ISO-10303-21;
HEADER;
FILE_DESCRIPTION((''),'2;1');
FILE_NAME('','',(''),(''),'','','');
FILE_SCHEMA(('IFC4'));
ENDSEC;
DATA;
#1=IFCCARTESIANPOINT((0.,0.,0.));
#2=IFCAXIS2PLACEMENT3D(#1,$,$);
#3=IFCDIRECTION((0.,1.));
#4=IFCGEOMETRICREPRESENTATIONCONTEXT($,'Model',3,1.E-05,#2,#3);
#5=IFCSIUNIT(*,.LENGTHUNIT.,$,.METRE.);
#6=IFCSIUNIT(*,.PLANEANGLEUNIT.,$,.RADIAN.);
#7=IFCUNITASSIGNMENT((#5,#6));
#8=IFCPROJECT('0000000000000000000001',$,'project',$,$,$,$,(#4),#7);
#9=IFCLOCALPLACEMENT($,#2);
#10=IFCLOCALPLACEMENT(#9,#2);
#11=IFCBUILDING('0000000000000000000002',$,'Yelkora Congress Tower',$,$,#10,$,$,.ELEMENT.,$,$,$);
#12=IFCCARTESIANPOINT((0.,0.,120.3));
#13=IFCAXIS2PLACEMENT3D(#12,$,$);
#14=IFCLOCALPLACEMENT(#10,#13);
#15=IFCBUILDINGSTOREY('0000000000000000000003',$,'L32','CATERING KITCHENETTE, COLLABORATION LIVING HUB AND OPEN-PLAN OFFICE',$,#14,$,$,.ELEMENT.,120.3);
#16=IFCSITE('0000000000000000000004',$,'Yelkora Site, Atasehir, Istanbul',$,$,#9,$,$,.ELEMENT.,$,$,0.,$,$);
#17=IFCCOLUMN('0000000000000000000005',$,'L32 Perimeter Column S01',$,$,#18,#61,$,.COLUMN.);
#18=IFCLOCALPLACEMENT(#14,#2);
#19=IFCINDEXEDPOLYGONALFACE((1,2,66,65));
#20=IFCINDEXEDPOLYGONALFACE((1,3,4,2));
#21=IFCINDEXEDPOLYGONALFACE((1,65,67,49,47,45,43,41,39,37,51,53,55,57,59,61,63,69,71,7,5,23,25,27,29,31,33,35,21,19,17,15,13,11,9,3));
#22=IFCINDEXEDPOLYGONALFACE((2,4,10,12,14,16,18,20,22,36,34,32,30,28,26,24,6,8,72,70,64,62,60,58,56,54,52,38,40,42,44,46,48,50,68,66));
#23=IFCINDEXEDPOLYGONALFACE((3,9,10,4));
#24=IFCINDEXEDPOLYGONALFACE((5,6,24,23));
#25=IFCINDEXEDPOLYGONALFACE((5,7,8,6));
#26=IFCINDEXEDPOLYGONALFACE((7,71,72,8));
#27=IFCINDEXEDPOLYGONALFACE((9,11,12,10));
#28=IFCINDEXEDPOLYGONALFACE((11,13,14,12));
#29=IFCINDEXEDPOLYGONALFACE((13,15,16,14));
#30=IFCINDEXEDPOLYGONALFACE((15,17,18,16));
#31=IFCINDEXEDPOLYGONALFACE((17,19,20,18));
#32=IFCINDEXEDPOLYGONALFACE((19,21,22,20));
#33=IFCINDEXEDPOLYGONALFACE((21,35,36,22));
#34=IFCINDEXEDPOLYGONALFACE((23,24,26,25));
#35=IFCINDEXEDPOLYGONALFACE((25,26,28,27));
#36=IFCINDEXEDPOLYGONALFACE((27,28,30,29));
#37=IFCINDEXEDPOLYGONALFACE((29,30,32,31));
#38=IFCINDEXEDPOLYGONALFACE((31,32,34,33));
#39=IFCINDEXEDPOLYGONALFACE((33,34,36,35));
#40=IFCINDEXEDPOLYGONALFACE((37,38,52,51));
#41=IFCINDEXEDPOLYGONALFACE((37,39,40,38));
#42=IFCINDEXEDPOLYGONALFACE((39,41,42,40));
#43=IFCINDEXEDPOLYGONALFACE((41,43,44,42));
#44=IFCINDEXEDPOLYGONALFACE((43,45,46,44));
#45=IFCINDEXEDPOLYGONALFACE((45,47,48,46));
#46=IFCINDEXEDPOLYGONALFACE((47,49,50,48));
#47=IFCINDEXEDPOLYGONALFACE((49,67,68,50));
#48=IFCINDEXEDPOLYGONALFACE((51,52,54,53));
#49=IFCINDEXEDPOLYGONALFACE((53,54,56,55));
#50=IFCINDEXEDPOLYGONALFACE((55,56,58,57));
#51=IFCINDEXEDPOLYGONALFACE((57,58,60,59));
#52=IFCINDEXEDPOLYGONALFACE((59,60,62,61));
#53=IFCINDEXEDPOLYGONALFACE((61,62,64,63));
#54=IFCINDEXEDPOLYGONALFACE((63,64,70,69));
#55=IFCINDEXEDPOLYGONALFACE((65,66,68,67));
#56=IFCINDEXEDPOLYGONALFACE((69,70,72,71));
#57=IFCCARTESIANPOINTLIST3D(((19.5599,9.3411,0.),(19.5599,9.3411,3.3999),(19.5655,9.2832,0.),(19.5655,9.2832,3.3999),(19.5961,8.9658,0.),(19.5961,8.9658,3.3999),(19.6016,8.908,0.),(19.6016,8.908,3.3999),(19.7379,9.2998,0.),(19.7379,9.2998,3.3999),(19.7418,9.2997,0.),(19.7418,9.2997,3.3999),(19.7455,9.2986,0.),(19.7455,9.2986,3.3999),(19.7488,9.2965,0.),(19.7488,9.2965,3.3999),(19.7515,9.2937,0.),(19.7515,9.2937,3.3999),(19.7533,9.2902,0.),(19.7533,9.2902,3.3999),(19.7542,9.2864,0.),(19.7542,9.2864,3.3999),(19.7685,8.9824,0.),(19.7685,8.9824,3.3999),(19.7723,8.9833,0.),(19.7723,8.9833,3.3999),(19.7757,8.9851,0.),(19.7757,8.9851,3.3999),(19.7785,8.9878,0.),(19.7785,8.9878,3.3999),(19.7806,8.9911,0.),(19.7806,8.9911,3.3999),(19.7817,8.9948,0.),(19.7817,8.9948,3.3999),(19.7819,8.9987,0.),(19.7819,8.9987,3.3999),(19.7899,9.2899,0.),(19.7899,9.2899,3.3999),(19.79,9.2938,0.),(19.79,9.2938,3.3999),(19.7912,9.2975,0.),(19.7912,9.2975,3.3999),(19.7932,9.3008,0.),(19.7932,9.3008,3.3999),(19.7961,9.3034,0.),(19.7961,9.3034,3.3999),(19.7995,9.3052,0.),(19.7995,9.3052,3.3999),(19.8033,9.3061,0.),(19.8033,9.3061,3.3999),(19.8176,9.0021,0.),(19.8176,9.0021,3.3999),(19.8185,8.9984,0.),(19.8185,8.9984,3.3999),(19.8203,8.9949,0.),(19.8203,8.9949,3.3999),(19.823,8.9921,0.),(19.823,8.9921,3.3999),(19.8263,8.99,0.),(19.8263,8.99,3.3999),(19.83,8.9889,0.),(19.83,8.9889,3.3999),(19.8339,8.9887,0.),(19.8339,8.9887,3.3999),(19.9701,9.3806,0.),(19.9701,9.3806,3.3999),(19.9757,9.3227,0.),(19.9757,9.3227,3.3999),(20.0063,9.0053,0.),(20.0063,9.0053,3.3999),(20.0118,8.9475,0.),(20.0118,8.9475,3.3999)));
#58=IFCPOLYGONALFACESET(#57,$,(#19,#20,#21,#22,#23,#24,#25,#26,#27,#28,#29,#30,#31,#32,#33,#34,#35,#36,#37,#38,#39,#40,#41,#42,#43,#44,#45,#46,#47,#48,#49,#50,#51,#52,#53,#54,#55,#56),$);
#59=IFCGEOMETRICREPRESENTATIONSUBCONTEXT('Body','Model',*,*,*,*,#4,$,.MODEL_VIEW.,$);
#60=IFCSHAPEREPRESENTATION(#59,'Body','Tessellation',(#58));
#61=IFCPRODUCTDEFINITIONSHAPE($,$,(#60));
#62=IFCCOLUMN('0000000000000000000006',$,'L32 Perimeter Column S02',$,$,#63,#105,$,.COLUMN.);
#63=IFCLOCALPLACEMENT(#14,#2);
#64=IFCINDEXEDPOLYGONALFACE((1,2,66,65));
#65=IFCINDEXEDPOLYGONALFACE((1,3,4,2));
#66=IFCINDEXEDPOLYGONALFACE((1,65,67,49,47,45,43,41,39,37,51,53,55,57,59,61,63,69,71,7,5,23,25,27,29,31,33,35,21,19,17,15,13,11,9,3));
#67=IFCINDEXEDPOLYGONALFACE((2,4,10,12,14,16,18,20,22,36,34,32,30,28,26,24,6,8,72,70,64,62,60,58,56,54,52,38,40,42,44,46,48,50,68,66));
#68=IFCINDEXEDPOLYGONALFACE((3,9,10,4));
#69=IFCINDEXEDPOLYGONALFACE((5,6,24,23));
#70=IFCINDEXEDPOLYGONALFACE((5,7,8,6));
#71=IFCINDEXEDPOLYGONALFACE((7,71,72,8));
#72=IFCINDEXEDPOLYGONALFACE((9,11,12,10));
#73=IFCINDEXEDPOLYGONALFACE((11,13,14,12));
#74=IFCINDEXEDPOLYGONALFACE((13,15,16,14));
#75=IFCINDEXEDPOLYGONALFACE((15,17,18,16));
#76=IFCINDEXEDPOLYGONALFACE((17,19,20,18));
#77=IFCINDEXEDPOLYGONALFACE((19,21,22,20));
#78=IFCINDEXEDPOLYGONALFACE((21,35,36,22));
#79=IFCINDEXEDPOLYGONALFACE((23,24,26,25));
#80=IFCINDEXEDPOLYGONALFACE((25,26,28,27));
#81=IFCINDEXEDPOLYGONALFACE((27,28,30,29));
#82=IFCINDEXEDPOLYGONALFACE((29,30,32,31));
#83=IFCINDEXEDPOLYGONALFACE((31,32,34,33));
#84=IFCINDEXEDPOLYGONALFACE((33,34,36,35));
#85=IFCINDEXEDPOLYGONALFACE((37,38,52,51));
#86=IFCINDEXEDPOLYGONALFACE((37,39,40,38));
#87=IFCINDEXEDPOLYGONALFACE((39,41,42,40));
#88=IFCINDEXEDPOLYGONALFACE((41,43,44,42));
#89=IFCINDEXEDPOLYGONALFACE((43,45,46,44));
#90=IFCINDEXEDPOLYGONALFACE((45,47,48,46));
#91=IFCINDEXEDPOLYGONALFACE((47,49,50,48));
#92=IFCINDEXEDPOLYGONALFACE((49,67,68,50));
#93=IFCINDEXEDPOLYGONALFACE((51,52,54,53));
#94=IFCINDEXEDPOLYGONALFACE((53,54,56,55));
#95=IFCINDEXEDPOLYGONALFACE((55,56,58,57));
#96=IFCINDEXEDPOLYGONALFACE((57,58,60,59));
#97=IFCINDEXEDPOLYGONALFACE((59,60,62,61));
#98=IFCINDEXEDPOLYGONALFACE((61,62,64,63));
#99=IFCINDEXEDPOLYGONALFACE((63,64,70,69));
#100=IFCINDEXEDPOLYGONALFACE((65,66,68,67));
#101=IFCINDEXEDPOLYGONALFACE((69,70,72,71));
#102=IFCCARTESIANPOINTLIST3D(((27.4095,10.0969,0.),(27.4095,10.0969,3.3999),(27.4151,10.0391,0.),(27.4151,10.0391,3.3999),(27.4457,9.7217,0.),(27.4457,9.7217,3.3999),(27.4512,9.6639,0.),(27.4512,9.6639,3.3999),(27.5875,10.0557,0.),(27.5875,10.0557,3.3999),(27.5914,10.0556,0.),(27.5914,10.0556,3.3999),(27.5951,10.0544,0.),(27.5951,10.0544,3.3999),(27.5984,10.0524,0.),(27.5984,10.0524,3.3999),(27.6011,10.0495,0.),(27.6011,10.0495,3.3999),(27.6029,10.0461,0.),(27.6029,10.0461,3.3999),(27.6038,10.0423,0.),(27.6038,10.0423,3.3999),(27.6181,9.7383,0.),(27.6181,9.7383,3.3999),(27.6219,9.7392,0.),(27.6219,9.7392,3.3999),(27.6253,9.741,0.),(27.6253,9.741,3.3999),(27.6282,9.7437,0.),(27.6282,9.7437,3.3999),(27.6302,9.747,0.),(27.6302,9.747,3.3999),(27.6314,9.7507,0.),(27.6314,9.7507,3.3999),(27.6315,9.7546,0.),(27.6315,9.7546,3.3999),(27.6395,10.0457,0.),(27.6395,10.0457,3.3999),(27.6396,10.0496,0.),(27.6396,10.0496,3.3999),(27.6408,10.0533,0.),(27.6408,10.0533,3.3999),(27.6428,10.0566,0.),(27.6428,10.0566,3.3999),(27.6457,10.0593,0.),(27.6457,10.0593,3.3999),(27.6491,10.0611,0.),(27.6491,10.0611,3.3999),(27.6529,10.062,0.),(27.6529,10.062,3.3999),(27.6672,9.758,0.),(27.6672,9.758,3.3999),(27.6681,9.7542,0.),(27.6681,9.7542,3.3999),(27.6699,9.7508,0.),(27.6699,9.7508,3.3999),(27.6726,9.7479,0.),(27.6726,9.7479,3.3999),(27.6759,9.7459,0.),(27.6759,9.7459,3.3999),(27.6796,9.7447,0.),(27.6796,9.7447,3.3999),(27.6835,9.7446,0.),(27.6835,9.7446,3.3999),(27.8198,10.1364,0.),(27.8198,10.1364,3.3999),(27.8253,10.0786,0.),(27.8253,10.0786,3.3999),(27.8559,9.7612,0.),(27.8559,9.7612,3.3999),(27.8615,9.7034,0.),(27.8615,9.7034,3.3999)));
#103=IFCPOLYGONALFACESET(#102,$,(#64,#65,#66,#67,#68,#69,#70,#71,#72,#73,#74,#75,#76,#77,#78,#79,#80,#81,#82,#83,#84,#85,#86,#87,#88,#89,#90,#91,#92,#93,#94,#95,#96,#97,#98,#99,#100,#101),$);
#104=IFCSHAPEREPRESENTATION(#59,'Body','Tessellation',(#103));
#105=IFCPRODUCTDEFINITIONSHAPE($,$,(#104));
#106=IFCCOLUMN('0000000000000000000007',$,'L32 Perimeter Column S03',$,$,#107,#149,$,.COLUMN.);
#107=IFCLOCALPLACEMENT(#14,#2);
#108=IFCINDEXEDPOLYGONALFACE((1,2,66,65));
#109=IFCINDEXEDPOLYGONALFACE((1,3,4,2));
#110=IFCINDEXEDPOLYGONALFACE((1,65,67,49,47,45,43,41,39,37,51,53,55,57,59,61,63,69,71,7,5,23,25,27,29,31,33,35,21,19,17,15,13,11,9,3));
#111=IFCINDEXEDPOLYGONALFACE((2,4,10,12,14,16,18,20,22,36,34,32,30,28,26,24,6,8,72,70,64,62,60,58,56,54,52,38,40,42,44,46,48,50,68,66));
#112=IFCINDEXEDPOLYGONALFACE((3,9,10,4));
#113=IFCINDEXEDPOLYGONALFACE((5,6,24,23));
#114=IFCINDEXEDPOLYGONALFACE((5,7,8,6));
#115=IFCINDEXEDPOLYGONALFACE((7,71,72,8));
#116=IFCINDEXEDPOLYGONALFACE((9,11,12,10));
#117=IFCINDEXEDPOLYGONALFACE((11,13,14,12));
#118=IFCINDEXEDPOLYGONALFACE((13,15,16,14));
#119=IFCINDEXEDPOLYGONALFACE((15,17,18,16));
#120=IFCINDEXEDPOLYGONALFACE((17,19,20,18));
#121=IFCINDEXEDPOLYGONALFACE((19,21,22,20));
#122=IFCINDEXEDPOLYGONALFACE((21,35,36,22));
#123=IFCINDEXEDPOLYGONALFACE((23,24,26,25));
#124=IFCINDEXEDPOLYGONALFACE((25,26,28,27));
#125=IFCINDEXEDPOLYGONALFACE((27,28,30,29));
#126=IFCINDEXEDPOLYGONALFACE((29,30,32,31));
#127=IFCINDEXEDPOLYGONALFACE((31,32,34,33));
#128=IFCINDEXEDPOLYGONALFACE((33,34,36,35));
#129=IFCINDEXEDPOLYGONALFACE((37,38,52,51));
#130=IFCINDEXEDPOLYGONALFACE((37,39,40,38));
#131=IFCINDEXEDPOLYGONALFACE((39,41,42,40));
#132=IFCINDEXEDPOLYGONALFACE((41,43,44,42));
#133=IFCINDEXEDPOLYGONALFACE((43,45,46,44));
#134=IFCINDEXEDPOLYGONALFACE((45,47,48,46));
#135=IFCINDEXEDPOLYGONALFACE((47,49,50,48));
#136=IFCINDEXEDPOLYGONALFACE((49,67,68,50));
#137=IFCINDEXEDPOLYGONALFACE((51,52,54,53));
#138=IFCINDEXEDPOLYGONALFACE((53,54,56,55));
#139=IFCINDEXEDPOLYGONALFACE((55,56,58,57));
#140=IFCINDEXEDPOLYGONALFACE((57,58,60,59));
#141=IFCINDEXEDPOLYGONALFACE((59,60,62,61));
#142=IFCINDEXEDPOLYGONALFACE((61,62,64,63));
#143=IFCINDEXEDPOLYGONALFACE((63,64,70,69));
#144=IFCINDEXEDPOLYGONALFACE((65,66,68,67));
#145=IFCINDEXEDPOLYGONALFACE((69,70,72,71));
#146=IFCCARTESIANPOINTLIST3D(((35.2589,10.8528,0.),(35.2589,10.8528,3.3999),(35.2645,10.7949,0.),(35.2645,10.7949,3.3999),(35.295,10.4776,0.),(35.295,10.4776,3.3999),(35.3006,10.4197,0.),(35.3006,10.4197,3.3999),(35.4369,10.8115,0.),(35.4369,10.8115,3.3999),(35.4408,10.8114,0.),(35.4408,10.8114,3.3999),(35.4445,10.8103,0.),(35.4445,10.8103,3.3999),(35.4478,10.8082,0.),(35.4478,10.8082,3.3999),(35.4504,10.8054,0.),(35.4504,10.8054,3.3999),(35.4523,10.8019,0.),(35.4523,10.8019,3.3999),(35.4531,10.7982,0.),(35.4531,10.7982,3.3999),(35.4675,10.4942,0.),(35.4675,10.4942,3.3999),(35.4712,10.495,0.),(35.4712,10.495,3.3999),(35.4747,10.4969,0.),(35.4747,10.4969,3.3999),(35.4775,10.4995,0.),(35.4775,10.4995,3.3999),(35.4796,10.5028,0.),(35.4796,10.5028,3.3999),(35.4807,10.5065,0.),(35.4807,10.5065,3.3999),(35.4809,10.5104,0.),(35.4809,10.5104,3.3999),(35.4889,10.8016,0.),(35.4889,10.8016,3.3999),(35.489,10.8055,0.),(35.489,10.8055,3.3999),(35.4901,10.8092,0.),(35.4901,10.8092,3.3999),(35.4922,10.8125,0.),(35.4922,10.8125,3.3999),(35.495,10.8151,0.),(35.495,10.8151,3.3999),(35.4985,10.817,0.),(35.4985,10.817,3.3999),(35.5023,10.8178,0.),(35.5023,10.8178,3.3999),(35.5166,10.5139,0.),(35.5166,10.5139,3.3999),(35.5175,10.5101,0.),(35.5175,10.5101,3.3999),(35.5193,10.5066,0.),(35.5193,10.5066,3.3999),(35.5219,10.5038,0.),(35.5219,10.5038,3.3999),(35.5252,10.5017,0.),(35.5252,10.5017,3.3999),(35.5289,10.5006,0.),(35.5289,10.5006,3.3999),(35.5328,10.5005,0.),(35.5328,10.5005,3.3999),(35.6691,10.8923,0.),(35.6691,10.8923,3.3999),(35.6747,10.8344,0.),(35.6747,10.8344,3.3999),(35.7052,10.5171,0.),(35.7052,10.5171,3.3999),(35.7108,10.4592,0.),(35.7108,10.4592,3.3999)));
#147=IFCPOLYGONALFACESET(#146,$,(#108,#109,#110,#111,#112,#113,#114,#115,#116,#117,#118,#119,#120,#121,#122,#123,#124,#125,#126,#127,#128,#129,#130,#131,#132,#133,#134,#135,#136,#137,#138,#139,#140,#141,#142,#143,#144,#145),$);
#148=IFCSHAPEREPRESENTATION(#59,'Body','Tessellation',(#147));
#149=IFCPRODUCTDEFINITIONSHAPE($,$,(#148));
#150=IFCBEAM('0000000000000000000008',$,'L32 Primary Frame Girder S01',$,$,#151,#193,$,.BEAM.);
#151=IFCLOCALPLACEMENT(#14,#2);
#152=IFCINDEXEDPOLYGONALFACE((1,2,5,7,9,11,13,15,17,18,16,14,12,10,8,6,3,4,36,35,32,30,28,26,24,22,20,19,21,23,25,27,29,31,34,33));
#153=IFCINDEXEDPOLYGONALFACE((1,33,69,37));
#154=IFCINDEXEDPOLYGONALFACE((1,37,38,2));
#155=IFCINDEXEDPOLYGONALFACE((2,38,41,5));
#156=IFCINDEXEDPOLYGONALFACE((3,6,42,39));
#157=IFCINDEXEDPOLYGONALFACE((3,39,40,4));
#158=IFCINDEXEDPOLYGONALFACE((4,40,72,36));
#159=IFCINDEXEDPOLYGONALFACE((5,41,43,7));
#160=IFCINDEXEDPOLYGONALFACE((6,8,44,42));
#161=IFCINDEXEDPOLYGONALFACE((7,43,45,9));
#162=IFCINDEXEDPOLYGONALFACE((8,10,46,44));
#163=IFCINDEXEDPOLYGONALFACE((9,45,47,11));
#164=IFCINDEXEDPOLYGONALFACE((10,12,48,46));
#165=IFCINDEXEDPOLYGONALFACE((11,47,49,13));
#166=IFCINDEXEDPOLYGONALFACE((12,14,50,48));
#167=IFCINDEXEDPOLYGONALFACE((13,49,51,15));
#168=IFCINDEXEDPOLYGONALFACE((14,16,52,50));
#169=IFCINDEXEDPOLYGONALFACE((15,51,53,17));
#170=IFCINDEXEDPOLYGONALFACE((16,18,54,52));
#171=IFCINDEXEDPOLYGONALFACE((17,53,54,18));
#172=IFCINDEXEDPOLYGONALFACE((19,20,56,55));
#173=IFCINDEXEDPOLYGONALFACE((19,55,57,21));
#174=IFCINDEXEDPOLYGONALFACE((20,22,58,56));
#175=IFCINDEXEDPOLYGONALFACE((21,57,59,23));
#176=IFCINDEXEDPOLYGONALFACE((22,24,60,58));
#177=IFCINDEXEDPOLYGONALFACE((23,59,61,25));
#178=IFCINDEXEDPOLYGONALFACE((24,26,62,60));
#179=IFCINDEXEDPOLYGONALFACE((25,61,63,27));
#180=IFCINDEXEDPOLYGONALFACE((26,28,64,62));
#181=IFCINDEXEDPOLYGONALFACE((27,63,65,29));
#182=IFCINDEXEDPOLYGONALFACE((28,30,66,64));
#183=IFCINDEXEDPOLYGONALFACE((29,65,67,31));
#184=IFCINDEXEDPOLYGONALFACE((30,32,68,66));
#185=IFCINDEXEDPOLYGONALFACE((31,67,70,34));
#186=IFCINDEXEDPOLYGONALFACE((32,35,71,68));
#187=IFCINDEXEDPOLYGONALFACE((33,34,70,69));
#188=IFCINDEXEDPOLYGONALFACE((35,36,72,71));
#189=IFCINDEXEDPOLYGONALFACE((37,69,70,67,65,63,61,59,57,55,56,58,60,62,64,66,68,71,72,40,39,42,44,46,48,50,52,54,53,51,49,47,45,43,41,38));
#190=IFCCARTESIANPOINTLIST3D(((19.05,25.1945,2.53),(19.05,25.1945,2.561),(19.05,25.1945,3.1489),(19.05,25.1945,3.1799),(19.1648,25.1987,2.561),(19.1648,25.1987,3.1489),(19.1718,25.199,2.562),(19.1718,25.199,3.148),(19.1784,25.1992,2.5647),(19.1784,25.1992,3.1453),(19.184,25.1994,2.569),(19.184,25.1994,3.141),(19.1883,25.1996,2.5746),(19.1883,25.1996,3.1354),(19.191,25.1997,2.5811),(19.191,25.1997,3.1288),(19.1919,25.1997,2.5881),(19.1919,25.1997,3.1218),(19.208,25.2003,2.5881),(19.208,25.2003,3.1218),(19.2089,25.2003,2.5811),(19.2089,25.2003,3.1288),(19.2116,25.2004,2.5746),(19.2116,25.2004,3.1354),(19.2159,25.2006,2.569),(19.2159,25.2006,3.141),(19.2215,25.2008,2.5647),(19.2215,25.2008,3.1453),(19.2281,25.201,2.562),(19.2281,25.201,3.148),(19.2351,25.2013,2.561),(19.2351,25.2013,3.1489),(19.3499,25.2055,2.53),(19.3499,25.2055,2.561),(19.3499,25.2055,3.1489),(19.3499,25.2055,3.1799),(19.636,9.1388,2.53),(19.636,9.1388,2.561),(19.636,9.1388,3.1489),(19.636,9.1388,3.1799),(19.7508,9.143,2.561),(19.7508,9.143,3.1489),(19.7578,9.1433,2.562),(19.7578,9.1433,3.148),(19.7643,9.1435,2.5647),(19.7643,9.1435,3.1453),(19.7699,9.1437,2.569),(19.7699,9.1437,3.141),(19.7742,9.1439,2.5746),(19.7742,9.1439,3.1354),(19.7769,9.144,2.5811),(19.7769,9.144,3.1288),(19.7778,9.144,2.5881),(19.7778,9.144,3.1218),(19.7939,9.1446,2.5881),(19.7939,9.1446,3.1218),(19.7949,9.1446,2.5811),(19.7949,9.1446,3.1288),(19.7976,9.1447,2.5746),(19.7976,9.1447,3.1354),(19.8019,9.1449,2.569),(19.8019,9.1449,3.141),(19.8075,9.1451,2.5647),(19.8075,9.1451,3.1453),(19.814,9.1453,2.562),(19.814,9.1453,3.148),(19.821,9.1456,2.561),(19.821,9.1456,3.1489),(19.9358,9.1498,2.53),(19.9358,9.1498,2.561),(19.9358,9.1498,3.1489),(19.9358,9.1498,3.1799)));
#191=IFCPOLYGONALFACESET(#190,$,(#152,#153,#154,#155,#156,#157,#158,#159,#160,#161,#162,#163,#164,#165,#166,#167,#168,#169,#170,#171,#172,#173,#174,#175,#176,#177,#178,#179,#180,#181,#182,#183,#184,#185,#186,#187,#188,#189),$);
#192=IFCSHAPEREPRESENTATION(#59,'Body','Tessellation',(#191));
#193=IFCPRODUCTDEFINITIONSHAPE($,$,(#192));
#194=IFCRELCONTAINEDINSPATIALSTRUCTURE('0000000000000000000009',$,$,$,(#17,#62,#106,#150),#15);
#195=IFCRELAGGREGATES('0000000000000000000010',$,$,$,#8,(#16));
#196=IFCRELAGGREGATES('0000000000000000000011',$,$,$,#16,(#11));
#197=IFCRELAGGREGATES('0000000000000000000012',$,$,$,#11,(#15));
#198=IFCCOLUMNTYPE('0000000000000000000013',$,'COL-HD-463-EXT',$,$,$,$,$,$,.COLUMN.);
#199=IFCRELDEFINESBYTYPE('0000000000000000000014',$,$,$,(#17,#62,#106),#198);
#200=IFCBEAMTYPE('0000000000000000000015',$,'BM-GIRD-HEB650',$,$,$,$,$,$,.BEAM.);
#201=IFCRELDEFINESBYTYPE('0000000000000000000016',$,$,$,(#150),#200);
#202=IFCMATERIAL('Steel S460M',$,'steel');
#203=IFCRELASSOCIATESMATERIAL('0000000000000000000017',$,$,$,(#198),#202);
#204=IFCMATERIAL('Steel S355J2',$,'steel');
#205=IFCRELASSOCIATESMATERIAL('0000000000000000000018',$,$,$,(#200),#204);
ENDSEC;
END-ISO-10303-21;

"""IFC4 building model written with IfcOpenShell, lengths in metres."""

from ifc_helpers import new_model, si_unit, direction, frame, origin, origin_2d, place, context, subcontext, project, spatial, i_section, extrude, material, material_profile, profile_set, type_object, element, save


model = new_model("IFC4")

# Units and contexts
model_context = context("Model", 3, precision=1e-05, world=origin(), true_north=direction((0.0, 1.0)))
body_context = subcontext(model_context, "Body", "Model", "MODEL_VIEW")
ifc_project = project(units=[si_unit("LENGTHUNIT", "METRE"), si_unit("PLANEANGLEUNIT", "RADIAN")], contexts=[model_context])

# Site, building, storey
site_placement = place(None, origin())
site = spatial("IfcSite", under=ifc_project, at=site_placement, Name="Yelkora Site, Atasehir, Istanbul", CompositionType="ELEMENT", RefElevation=0.0)
building_placement = place(site_placement, origin())
building = spatial("IfcBuilding", under=site, at=building_placement, Name="Yelkora Congress Tower", CompositionType="ELEMENT")
storey_placement = place(building_placement, frame((0.0, 0.0, 120.3)))
storey = spatial("IfcBuildingStorey", under=building, at=storey_placement, Name="L32", Description="CATERING KITCHENETTE, COLLABORATION LIVING HUB AND OPEN-PLAN OFFICE", CompositionType="ELEMENT", Elevation=120.3)

# Columns
ifc_material_1 = material(Name="Steel S460M", Category="steel")
ifc_material_profile_1 = material_profile(ifc_material_1, i_section(OverallWidth=0.4121, OverallDepth=0.4351, WebThickness=0.0359, FlangeThickness=0.0581, FilletRadius=0.0149, at=origin_2d()), Name="HD 400x463")
ifc_profile_set_1 = profile_set([ifc_material_profile_1], Name="Steel S460M")
column_type = type_object("IfcColumnType", Name="COL-HD-463-EXT", PredefinedType="COLUMN", material=ifc_profile_set_1)
for number, where, z_axis, x_axis, name in (
    (1, (19.7859, 9.1443, 0.0), (0.0, 0.0, 1.0), (0.995396, 0.095846, 0.0), "L32 Perimeter Column S01"),
    (2, (27.6355, 9.9001, 0.0), (0.0, 0.0, 1.0), (0.995396, 0.095846, 0.0), "L32 Perimeter Column S02"),
    (3, (35.4849, 10.656, 0.0), (0.0, 0.0, 1.0), (0.995396, 0.095846, 0.0), "L32 Perimeter Column S03"),
):
    element("IfcColumn", number, at=place(storey_placement, frame(where, z_axis=z_axis, x_axis=x_axis)), inside=storey, type_object=column_type, Name=name, PredefinedType="COLUMN", context=body_context, shape_type="SweptSolid", body=[
        extrude(i_section(OverallWidth=0.4121, OverallDepth=0.4351, WebThickness=0.0359, FlangeThickness=0.0581, FilletRadius=0.0149, at=origin_2d()), origin(), (0.0, 0.0, 1.0), 3.3999),
    ])

# Beam
ifc_material_2 = material(Name="Steel S355J2", Category="steel")
ifc_material_profile_2 = material_profile(ifc_material_2, i_section(OverallWidth=0.3, OverallDepth=0.6499, WebThickness=0.0161, FlangeThickness=0.031, FilletRadius=0.0271, at=origin_2d()), Name="HEB 650")
ifc_profile_set_2 = profile_set([ifc_material_profile_2], Name="Steel S355J2")
beam_type_1 = type_object("IfcBeamType", Name="BM-GIRD-HEB650", PredefinedType="BEAM", material=ifc_profile_set_2)
beam_1_placement = place(storey_placement, frame((19.7859, 9.1443, 2.855), z_axis=(-0.03647, 0.999335, 0.0), x_axis=(-0.999335, -0.03647, 0.0)))
element("IfcBeam", 4, at=beam_1_placement, inside=storey, type_object=beam_type_1, Name="L32 Primary Frame Girder S01", PredefinedType="BEAM", context=body_context, shape_type="SweptSolid", body=[
    extrude(i_section(OverallWidth=0.3, OverallDepth=0.6499, WebThickness=0.0161, FlangeThickness=0.031, FilletRadius=0.0271, at=origin_2d()), origin(), (0.0, 0.0, 1.0), 16.0664),
])

save(model, "model.ifc")
